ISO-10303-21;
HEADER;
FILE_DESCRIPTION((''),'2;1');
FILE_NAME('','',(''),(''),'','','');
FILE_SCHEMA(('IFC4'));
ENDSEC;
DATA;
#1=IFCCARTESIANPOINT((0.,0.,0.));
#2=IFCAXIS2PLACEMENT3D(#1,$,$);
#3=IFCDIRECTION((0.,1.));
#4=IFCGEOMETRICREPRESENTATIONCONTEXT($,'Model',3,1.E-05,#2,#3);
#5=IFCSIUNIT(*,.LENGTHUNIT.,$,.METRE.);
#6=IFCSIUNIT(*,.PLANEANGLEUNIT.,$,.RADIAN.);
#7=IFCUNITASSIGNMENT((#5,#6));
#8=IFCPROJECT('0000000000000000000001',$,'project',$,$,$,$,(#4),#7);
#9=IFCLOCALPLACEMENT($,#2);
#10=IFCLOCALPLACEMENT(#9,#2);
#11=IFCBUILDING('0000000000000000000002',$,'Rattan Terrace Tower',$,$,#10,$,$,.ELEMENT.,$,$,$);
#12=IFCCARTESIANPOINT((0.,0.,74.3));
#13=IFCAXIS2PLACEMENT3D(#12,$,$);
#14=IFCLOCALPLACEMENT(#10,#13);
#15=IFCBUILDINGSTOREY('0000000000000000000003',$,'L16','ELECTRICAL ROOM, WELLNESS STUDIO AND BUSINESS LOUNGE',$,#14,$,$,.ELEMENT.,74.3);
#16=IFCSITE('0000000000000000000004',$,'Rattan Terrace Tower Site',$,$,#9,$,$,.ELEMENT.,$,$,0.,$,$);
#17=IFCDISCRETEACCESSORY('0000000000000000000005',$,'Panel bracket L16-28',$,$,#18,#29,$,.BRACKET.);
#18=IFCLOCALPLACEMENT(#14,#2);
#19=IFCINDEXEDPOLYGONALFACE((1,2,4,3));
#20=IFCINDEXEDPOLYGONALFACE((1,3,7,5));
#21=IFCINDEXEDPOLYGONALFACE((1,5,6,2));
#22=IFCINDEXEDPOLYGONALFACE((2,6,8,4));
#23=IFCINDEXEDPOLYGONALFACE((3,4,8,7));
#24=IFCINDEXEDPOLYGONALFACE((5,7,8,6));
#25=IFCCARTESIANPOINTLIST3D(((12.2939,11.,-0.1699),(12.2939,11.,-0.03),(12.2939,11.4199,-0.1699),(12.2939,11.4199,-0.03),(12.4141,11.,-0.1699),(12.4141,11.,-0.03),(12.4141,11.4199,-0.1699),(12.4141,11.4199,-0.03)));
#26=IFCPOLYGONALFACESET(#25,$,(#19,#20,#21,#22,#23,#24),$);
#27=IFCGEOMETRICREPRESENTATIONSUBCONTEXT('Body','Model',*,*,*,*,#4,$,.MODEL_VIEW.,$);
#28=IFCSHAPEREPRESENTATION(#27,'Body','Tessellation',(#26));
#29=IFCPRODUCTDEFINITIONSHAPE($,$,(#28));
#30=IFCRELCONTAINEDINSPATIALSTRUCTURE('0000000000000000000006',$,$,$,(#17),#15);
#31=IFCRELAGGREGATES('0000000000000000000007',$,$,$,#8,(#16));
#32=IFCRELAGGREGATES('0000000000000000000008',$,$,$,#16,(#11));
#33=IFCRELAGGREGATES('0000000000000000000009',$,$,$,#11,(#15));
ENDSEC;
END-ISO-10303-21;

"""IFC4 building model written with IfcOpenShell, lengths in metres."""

from ifc_helpers import new_model, si_unit, direction, frame, origin, origin_2d, place, context, subcontext, project, spatial, rectangle, extrude, element, save


model = new_model("IFC4")

# Units and contexts
model_context = context("Model", 3, precision=1e-05, world=origin(), true_north=direction((0.0, 1.0)))
body_context = subcontext(model_context, "Body", "Model", "MODEL_VIEW")
ifc_project = project(units=[si_unit("LENGTHUNIT", "METRE"), si_unit("PLANEANGLEUNIT", "RADIAN")], contexts=[model_context])

# Site, building, storey
site_placement = place(None, origin())
site = spatial("IfcSite", under=ifc_project, at=site_placement, Name="Rattan Terrace Tower Site", CompositionType="ELEMENT", RefElevation=0.0)
building_placement = place(site_placement, origin())
building = spatial("IfcBuilding", under=site, at=building_placement, Name="Rattan Terrace Tower", CompositionType="ELEMENT")
storey_placement = place(building_placement, frame((0.0, 0.0, 74.3)))
storey = spatial("IfcBuildingStorey", under=building, at=storey_placement, Name="L16", Description="ELECTRICAL ROOM, WELLNESS STUDIO AND BUSINESS LOUNGE", CompositionType="ELEMENT", Elevation=74.3)

# Discrete accessory
discrete_accessory_placement = place(storey_placement, frame((12.354, 11.21, -0.1699), z_axis=(0.0, 0.0, 1.0), x_axis=(-1.0, 0.0, 0.0)))
element("IfcDiscreteAccessory", 1, at=discrete_accessory_placement, inside=storey, Name="Panel bracket L16-28", PredefinedType="BRACKET", context=body_context, shape_type="SweptSolid", body=[
    extrude(rectangle(XDim=0.1201, YDim=0.4199, at=origin_2d()), origin(), (0.0, 0.0, 1.0), 0.1399),
])

save(model, "model.ifc")
